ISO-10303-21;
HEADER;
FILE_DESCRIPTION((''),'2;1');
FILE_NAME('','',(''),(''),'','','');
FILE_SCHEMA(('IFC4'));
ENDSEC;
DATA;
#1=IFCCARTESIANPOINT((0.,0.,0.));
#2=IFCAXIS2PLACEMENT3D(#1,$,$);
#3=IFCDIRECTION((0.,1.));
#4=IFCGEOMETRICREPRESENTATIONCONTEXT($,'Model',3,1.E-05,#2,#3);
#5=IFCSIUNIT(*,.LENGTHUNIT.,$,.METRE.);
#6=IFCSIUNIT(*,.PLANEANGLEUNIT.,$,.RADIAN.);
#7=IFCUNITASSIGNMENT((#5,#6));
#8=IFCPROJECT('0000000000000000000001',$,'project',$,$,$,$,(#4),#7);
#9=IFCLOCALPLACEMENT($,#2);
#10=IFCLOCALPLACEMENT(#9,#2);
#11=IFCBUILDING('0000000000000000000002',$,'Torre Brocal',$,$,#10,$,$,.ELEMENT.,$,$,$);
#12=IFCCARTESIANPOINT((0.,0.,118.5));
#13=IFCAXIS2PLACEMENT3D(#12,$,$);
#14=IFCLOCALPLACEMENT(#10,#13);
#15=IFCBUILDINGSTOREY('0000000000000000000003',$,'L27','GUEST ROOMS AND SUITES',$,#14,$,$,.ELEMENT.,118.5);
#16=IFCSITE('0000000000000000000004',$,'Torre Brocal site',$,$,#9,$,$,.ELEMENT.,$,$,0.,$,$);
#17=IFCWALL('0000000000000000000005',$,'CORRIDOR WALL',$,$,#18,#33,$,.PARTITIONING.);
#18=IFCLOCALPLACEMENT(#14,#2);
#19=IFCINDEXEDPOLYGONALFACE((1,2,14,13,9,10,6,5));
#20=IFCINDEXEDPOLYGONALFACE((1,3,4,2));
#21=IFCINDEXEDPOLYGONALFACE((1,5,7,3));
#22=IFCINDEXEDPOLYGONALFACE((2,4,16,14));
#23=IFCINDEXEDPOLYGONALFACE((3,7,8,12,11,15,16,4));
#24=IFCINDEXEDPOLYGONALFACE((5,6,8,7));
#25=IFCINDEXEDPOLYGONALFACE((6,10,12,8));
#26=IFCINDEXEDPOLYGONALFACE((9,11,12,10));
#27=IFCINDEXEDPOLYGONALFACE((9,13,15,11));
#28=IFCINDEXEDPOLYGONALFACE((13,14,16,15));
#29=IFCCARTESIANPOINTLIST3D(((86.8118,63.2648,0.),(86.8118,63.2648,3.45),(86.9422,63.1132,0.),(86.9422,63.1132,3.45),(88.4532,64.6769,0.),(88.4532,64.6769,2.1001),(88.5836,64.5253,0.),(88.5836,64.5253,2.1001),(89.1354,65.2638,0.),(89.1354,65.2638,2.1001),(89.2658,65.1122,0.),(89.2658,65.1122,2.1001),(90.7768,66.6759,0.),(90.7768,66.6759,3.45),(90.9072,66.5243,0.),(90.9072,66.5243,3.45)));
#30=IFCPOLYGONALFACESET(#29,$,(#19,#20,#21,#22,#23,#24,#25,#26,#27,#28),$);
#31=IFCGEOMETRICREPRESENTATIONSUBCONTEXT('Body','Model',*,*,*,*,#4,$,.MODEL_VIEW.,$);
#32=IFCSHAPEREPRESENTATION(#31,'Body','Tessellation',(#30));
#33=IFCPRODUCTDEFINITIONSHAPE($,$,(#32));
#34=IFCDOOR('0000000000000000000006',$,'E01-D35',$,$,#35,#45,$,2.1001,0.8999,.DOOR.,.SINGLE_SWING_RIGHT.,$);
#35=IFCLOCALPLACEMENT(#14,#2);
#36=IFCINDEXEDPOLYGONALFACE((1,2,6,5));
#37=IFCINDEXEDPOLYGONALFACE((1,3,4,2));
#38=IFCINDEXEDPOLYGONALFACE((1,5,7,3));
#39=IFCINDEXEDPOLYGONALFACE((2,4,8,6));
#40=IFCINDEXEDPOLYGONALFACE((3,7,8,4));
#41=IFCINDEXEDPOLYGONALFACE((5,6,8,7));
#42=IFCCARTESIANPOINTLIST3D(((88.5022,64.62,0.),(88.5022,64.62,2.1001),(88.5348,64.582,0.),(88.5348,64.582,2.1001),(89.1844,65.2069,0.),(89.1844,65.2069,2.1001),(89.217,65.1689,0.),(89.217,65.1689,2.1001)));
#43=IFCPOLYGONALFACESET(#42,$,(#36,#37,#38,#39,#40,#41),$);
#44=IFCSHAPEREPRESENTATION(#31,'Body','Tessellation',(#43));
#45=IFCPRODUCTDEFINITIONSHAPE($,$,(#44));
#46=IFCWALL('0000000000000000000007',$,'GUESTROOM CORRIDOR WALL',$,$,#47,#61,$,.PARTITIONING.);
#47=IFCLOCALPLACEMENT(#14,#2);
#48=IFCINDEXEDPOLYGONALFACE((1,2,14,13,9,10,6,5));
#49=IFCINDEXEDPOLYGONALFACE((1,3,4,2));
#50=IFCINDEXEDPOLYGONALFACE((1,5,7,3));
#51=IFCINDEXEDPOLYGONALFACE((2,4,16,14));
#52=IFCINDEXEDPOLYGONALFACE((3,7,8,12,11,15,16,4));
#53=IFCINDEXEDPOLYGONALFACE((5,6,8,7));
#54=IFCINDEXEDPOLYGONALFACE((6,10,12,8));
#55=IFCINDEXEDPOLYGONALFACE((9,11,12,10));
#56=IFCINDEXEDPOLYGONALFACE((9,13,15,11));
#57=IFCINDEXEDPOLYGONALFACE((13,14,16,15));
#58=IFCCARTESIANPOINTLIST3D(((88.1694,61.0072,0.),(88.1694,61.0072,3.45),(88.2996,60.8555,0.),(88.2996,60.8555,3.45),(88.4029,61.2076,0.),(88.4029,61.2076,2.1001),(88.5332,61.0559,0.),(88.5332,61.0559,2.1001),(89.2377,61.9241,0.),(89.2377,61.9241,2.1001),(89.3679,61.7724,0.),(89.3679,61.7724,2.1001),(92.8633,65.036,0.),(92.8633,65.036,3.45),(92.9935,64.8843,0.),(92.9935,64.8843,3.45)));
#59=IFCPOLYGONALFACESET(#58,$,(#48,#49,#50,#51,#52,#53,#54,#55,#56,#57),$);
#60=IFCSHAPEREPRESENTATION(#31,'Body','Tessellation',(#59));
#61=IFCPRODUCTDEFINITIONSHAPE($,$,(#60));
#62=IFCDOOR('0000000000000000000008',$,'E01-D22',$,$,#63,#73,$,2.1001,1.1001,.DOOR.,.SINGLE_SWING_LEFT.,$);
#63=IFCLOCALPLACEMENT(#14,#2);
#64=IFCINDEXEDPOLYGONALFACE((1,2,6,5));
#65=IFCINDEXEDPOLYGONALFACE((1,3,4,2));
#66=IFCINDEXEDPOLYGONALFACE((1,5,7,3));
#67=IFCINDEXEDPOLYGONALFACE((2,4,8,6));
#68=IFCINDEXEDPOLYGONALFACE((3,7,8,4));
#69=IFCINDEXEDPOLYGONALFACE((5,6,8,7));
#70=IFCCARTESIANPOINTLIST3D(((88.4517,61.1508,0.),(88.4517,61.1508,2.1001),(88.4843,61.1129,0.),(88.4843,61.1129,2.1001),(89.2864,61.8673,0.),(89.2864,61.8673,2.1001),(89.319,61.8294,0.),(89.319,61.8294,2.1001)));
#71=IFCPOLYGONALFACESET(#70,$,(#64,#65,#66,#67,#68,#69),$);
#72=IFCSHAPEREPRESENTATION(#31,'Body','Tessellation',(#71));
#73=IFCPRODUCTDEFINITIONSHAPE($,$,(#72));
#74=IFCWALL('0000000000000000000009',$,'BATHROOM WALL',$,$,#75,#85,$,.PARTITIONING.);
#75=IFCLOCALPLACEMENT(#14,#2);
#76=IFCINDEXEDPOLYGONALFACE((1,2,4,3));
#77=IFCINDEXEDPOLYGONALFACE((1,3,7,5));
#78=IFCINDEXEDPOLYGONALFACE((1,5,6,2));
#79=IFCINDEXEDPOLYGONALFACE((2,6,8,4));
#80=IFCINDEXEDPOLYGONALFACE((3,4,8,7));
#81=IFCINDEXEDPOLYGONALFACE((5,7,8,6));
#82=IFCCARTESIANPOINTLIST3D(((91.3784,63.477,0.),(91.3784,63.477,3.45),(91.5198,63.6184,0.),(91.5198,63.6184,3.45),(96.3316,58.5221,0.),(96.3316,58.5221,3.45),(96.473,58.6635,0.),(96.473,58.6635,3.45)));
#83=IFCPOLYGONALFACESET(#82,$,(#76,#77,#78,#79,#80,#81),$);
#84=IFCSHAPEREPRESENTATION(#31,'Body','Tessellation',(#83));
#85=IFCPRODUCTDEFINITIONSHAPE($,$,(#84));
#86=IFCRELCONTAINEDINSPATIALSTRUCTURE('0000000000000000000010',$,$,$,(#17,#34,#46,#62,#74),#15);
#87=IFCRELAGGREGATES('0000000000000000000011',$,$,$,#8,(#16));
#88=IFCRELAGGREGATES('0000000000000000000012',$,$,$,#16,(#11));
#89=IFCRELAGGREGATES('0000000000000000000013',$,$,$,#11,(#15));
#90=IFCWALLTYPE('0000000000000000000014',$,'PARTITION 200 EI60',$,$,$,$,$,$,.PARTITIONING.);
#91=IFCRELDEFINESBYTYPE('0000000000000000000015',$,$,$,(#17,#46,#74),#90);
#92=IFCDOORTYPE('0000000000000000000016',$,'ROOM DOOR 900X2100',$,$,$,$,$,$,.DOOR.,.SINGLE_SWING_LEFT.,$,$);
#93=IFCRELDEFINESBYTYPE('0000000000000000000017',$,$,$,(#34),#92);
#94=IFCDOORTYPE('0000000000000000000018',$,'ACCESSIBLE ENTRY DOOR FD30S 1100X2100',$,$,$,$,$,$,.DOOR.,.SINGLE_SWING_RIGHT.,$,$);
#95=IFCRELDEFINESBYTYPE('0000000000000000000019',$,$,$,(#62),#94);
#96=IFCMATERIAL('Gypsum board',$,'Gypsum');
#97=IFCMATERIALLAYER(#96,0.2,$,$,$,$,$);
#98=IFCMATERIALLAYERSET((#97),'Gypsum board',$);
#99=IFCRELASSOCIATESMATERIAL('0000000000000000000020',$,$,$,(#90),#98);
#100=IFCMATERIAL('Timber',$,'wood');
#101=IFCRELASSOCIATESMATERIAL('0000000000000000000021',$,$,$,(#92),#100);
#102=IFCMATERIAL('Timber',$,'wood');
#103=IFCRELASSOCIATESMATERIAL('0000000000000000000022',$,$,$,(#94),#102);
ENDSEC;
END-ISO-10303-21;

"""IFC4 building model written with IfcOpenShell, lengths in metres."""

from ifc_helpers import new_model, si_unit, direction, frame, frame_2d, origin, place, context, subcontext, project, spatial, rectangle, extrude, material, layer, layer_set, type_object, element, fill, save


model = new_model("IFC4")

# Units and contexts
model_context = context("Model", 3, precision=1e-05, world=origin(), true_north=direction((0.0, 1.0)))
body_context = subcontext(model_context, "Body", "Model", "MODEL_VIEW")
ifc_project = project(units=[si_unit("LENGTHUNIT", "METRE"), si_unit("PLANEANGLEUNIT", "RADIAN")], contexts=[model_context])

# Site, building, storey
site_placement = place(None, origin())
site = spatial("IfcSite", under=ifc_project, at=site_placement, Name="Torre Brocal site", CompositionType="ELEMENT", RefElevation=0.0)
building_placement = place(site_placement, origin())
building = spatial("IfcBuilding", under=site, at=building_placement, Name="Torre Brocal", CompositionType="ELEMENT")
storey_placement = place(building_placement, frame((0.0, 0.0, 118.5)))
storey = spatial("IfcBuildingStorey", under=building, at=storey_placement, Name="L27", Description="GUEST ROOMS AND SUITES", CompositionType="ELEMENT", Elevation=118.5)

# Shared definitions
ifc_material_1 = material(Name="Gypsum board", Category="Gypsum")
ifc_layer_1 = layer(ifc_material_1, 0.2)
ifc_layer_set_1 = layer_set([ifc_layer_1], Name="Gypsum board")
wall_type_1 = type_object("IfcWallType", Name="PARTITION 200 EI60", PredefinedType="PARTITIONING", material=ifc_layer_set_1)

# Walls, openings, doors
wall_1_placement = place(storey_placement, frame((86.877, 63.189, 0.0), z_axis=(0.0, 0.0, 1.0), x_axis=(0.758076, 0.652166, 0.0)))
wall_1 = element("IfcWall", 1, at=wall_1_placement, inside=storey, type_object=wall_type_1, Name="CORRIDOR WALL", PredefinedType="PARTITIONING", context=body_context, shape_type="SweptSolid", body=[
    extrude(rectangle(XDim=5.2305, YDim=0.2, at=frame_2d((2.6152, 0.0))), origin(), (0.0, 0.0, 1.0), 3.45),
])
opening_1_placement = place(wall_1_placement, frame((2.1653, 0.0, 0.0)))
opening_1 = element("IfcOpeningElement", 2, at=opening_1_placement, cuts=wall_1, PredefinedType="OPENING", context=body_context, shape_type="SweptSolid", body=[
    extrude(rectangle(XDim=0.8999, YDim=2.1001, at=frame_2d((0.45, 1.05))), frame((0.0, 0.1099, 0.0), z_axis=(0.0, -1.0, 0.0), x_axis=(1.0, 0.0, 0.0)), (0.0, 0.0, 1.0), 0.22),
])
ifc_material_2 = material(Name="Timber", Category="wood")
door_type_1 = type_object("IfcDoorType", Name="ROOM DOOR 900X2100", OperationType="SINGLE_SWING_LEFT", PredefinedType="DOOR", material=ifc_material_2)
door_1_placement = place(opening_1_placement, origin())
door_1 = element("IfcDoor", 3, at=door_1_placement, inside=storey, type_object=door_type_1, Name="E01-D35", OperationType="SINGLE_SWING_RIGHT", OverallHeight=2.1001, OverallWidth=0.8999, PredefinedType="DOOR", context=body_context, shape_type="SweptSolid", body=[
    extrude(rectangle(XDim=0.8999, YDim=2.1001, at=frame_2d((0.45, 1.05))), frame((0.0, 0.0249, 0.0), z_axis=(0.0, -1.0, 0.0), x_axis=(1.0, 0.0, 0.0)), (0.0, 0.0, 1.0), 0.05),
])
fill(opening_1, door_1)
wall_2_placement = place(storey_placement, frame((88.2346, 60.9314, 0.0), z_axis=(0.0, 0.0, 1.0), x_axis=(0.758816, 0.651305, 0.0)))
wall_2 = element("IfcWall", 4, at=wall_2_placement, inside=storey, type_object=wall_type_1, Name="GUESTROOM CORRIDOR WALL", PredefinedType="PARTITIONING", context=body_context, shape_type="SweptSolid", body=[
    extrude(rectangle(XDim=6.1858, YDim=0.2, at=frame_2d((3.0928, 0.0))), origin(), (0.0, 0.0, 1.0), 3.45),
])
opening_2_placement = place(wall_2_placement, frame((0.3076, 0.0, 0.0)))
opening_2 = element("IfcOpeningElement", 5, at=opening_2_placement, cuts=wall_2, PredefinedType="OPENING", context=body_context, shape_type="SweptSolid", body=[
    extrude(rectangle(XDim=1.1001, YDim=2.1001, at=frame_2d((0.55, 1.05))), frame((0.0, 0.1099, 0.0), z_axis=(0.0, -1.0, 0.0), x_axis=(1.0, 0.0, 0.0)), (0.0, 0.0, 1.0), 0.22),
])
ifc_material_3 = material(Name="Timber", Category="wood")
door_type_2 = type_object("IfcDoorType", Name="ACCESSIBLE ENTRY DOOR FD30S 1100X2100", OperationType="SINGLE_SWING_RIGHT", PredefinedType="DOOR", material=ifc_material_3)
door_2_placement = place(opening_2_placement, frame((1.1001, 0.0, 0.0), z_axis=(0.0, 0.0, 1.0), x_axis=(-1.0, 0.0, 0.0)))
door_2 = element("IfcDoor", 6, at=door_2_placement, inside=storey, type_object=door_type_2, Name="E01-D22", OperationType="SINGLE_SWING_LEFT", OverallHeight=2.1001, OverallWidth=1.1001, PredefinedType="DOOR", context=body_context, shape_type="SweptSolid", body=[
    extrude(rectangle(XDim=1.1001, YDim=2.1001, at=frame_2d((0.55, 1.05))), frame((0.0, 0.0249, 0.0), z_axis=(0.0, -1.0, 0.0), x_axis=(1.0, 0.0, 0.0)), (0.0, 0.0, 1.0), 0.05),
])
fill(opening_2, door_2)

# Wall
wall_3_placement = place(storey_placement, frame((91.4492, 63.5476, 0.0), z_axis=(0.0, 0.0, 1.0), x_axis=(0.706985, -0.707229, 0.0)))
element("IfcWall", 7, at=wall_3_placement, inside=storey, type_object=wall_type_1, Name="BATHROOM WALL", PredefinedType="PARTITIONING", context=body_context, shape_type="SweptSolid", body=[
    extrude(rectangle(XDim=7.0061, YDim=0.2, at=frame_2d((3.5029, 0.0))), origin(), (0.0, 0.0, 1.0), 3.45),
])

save(model, "model.ifc")
